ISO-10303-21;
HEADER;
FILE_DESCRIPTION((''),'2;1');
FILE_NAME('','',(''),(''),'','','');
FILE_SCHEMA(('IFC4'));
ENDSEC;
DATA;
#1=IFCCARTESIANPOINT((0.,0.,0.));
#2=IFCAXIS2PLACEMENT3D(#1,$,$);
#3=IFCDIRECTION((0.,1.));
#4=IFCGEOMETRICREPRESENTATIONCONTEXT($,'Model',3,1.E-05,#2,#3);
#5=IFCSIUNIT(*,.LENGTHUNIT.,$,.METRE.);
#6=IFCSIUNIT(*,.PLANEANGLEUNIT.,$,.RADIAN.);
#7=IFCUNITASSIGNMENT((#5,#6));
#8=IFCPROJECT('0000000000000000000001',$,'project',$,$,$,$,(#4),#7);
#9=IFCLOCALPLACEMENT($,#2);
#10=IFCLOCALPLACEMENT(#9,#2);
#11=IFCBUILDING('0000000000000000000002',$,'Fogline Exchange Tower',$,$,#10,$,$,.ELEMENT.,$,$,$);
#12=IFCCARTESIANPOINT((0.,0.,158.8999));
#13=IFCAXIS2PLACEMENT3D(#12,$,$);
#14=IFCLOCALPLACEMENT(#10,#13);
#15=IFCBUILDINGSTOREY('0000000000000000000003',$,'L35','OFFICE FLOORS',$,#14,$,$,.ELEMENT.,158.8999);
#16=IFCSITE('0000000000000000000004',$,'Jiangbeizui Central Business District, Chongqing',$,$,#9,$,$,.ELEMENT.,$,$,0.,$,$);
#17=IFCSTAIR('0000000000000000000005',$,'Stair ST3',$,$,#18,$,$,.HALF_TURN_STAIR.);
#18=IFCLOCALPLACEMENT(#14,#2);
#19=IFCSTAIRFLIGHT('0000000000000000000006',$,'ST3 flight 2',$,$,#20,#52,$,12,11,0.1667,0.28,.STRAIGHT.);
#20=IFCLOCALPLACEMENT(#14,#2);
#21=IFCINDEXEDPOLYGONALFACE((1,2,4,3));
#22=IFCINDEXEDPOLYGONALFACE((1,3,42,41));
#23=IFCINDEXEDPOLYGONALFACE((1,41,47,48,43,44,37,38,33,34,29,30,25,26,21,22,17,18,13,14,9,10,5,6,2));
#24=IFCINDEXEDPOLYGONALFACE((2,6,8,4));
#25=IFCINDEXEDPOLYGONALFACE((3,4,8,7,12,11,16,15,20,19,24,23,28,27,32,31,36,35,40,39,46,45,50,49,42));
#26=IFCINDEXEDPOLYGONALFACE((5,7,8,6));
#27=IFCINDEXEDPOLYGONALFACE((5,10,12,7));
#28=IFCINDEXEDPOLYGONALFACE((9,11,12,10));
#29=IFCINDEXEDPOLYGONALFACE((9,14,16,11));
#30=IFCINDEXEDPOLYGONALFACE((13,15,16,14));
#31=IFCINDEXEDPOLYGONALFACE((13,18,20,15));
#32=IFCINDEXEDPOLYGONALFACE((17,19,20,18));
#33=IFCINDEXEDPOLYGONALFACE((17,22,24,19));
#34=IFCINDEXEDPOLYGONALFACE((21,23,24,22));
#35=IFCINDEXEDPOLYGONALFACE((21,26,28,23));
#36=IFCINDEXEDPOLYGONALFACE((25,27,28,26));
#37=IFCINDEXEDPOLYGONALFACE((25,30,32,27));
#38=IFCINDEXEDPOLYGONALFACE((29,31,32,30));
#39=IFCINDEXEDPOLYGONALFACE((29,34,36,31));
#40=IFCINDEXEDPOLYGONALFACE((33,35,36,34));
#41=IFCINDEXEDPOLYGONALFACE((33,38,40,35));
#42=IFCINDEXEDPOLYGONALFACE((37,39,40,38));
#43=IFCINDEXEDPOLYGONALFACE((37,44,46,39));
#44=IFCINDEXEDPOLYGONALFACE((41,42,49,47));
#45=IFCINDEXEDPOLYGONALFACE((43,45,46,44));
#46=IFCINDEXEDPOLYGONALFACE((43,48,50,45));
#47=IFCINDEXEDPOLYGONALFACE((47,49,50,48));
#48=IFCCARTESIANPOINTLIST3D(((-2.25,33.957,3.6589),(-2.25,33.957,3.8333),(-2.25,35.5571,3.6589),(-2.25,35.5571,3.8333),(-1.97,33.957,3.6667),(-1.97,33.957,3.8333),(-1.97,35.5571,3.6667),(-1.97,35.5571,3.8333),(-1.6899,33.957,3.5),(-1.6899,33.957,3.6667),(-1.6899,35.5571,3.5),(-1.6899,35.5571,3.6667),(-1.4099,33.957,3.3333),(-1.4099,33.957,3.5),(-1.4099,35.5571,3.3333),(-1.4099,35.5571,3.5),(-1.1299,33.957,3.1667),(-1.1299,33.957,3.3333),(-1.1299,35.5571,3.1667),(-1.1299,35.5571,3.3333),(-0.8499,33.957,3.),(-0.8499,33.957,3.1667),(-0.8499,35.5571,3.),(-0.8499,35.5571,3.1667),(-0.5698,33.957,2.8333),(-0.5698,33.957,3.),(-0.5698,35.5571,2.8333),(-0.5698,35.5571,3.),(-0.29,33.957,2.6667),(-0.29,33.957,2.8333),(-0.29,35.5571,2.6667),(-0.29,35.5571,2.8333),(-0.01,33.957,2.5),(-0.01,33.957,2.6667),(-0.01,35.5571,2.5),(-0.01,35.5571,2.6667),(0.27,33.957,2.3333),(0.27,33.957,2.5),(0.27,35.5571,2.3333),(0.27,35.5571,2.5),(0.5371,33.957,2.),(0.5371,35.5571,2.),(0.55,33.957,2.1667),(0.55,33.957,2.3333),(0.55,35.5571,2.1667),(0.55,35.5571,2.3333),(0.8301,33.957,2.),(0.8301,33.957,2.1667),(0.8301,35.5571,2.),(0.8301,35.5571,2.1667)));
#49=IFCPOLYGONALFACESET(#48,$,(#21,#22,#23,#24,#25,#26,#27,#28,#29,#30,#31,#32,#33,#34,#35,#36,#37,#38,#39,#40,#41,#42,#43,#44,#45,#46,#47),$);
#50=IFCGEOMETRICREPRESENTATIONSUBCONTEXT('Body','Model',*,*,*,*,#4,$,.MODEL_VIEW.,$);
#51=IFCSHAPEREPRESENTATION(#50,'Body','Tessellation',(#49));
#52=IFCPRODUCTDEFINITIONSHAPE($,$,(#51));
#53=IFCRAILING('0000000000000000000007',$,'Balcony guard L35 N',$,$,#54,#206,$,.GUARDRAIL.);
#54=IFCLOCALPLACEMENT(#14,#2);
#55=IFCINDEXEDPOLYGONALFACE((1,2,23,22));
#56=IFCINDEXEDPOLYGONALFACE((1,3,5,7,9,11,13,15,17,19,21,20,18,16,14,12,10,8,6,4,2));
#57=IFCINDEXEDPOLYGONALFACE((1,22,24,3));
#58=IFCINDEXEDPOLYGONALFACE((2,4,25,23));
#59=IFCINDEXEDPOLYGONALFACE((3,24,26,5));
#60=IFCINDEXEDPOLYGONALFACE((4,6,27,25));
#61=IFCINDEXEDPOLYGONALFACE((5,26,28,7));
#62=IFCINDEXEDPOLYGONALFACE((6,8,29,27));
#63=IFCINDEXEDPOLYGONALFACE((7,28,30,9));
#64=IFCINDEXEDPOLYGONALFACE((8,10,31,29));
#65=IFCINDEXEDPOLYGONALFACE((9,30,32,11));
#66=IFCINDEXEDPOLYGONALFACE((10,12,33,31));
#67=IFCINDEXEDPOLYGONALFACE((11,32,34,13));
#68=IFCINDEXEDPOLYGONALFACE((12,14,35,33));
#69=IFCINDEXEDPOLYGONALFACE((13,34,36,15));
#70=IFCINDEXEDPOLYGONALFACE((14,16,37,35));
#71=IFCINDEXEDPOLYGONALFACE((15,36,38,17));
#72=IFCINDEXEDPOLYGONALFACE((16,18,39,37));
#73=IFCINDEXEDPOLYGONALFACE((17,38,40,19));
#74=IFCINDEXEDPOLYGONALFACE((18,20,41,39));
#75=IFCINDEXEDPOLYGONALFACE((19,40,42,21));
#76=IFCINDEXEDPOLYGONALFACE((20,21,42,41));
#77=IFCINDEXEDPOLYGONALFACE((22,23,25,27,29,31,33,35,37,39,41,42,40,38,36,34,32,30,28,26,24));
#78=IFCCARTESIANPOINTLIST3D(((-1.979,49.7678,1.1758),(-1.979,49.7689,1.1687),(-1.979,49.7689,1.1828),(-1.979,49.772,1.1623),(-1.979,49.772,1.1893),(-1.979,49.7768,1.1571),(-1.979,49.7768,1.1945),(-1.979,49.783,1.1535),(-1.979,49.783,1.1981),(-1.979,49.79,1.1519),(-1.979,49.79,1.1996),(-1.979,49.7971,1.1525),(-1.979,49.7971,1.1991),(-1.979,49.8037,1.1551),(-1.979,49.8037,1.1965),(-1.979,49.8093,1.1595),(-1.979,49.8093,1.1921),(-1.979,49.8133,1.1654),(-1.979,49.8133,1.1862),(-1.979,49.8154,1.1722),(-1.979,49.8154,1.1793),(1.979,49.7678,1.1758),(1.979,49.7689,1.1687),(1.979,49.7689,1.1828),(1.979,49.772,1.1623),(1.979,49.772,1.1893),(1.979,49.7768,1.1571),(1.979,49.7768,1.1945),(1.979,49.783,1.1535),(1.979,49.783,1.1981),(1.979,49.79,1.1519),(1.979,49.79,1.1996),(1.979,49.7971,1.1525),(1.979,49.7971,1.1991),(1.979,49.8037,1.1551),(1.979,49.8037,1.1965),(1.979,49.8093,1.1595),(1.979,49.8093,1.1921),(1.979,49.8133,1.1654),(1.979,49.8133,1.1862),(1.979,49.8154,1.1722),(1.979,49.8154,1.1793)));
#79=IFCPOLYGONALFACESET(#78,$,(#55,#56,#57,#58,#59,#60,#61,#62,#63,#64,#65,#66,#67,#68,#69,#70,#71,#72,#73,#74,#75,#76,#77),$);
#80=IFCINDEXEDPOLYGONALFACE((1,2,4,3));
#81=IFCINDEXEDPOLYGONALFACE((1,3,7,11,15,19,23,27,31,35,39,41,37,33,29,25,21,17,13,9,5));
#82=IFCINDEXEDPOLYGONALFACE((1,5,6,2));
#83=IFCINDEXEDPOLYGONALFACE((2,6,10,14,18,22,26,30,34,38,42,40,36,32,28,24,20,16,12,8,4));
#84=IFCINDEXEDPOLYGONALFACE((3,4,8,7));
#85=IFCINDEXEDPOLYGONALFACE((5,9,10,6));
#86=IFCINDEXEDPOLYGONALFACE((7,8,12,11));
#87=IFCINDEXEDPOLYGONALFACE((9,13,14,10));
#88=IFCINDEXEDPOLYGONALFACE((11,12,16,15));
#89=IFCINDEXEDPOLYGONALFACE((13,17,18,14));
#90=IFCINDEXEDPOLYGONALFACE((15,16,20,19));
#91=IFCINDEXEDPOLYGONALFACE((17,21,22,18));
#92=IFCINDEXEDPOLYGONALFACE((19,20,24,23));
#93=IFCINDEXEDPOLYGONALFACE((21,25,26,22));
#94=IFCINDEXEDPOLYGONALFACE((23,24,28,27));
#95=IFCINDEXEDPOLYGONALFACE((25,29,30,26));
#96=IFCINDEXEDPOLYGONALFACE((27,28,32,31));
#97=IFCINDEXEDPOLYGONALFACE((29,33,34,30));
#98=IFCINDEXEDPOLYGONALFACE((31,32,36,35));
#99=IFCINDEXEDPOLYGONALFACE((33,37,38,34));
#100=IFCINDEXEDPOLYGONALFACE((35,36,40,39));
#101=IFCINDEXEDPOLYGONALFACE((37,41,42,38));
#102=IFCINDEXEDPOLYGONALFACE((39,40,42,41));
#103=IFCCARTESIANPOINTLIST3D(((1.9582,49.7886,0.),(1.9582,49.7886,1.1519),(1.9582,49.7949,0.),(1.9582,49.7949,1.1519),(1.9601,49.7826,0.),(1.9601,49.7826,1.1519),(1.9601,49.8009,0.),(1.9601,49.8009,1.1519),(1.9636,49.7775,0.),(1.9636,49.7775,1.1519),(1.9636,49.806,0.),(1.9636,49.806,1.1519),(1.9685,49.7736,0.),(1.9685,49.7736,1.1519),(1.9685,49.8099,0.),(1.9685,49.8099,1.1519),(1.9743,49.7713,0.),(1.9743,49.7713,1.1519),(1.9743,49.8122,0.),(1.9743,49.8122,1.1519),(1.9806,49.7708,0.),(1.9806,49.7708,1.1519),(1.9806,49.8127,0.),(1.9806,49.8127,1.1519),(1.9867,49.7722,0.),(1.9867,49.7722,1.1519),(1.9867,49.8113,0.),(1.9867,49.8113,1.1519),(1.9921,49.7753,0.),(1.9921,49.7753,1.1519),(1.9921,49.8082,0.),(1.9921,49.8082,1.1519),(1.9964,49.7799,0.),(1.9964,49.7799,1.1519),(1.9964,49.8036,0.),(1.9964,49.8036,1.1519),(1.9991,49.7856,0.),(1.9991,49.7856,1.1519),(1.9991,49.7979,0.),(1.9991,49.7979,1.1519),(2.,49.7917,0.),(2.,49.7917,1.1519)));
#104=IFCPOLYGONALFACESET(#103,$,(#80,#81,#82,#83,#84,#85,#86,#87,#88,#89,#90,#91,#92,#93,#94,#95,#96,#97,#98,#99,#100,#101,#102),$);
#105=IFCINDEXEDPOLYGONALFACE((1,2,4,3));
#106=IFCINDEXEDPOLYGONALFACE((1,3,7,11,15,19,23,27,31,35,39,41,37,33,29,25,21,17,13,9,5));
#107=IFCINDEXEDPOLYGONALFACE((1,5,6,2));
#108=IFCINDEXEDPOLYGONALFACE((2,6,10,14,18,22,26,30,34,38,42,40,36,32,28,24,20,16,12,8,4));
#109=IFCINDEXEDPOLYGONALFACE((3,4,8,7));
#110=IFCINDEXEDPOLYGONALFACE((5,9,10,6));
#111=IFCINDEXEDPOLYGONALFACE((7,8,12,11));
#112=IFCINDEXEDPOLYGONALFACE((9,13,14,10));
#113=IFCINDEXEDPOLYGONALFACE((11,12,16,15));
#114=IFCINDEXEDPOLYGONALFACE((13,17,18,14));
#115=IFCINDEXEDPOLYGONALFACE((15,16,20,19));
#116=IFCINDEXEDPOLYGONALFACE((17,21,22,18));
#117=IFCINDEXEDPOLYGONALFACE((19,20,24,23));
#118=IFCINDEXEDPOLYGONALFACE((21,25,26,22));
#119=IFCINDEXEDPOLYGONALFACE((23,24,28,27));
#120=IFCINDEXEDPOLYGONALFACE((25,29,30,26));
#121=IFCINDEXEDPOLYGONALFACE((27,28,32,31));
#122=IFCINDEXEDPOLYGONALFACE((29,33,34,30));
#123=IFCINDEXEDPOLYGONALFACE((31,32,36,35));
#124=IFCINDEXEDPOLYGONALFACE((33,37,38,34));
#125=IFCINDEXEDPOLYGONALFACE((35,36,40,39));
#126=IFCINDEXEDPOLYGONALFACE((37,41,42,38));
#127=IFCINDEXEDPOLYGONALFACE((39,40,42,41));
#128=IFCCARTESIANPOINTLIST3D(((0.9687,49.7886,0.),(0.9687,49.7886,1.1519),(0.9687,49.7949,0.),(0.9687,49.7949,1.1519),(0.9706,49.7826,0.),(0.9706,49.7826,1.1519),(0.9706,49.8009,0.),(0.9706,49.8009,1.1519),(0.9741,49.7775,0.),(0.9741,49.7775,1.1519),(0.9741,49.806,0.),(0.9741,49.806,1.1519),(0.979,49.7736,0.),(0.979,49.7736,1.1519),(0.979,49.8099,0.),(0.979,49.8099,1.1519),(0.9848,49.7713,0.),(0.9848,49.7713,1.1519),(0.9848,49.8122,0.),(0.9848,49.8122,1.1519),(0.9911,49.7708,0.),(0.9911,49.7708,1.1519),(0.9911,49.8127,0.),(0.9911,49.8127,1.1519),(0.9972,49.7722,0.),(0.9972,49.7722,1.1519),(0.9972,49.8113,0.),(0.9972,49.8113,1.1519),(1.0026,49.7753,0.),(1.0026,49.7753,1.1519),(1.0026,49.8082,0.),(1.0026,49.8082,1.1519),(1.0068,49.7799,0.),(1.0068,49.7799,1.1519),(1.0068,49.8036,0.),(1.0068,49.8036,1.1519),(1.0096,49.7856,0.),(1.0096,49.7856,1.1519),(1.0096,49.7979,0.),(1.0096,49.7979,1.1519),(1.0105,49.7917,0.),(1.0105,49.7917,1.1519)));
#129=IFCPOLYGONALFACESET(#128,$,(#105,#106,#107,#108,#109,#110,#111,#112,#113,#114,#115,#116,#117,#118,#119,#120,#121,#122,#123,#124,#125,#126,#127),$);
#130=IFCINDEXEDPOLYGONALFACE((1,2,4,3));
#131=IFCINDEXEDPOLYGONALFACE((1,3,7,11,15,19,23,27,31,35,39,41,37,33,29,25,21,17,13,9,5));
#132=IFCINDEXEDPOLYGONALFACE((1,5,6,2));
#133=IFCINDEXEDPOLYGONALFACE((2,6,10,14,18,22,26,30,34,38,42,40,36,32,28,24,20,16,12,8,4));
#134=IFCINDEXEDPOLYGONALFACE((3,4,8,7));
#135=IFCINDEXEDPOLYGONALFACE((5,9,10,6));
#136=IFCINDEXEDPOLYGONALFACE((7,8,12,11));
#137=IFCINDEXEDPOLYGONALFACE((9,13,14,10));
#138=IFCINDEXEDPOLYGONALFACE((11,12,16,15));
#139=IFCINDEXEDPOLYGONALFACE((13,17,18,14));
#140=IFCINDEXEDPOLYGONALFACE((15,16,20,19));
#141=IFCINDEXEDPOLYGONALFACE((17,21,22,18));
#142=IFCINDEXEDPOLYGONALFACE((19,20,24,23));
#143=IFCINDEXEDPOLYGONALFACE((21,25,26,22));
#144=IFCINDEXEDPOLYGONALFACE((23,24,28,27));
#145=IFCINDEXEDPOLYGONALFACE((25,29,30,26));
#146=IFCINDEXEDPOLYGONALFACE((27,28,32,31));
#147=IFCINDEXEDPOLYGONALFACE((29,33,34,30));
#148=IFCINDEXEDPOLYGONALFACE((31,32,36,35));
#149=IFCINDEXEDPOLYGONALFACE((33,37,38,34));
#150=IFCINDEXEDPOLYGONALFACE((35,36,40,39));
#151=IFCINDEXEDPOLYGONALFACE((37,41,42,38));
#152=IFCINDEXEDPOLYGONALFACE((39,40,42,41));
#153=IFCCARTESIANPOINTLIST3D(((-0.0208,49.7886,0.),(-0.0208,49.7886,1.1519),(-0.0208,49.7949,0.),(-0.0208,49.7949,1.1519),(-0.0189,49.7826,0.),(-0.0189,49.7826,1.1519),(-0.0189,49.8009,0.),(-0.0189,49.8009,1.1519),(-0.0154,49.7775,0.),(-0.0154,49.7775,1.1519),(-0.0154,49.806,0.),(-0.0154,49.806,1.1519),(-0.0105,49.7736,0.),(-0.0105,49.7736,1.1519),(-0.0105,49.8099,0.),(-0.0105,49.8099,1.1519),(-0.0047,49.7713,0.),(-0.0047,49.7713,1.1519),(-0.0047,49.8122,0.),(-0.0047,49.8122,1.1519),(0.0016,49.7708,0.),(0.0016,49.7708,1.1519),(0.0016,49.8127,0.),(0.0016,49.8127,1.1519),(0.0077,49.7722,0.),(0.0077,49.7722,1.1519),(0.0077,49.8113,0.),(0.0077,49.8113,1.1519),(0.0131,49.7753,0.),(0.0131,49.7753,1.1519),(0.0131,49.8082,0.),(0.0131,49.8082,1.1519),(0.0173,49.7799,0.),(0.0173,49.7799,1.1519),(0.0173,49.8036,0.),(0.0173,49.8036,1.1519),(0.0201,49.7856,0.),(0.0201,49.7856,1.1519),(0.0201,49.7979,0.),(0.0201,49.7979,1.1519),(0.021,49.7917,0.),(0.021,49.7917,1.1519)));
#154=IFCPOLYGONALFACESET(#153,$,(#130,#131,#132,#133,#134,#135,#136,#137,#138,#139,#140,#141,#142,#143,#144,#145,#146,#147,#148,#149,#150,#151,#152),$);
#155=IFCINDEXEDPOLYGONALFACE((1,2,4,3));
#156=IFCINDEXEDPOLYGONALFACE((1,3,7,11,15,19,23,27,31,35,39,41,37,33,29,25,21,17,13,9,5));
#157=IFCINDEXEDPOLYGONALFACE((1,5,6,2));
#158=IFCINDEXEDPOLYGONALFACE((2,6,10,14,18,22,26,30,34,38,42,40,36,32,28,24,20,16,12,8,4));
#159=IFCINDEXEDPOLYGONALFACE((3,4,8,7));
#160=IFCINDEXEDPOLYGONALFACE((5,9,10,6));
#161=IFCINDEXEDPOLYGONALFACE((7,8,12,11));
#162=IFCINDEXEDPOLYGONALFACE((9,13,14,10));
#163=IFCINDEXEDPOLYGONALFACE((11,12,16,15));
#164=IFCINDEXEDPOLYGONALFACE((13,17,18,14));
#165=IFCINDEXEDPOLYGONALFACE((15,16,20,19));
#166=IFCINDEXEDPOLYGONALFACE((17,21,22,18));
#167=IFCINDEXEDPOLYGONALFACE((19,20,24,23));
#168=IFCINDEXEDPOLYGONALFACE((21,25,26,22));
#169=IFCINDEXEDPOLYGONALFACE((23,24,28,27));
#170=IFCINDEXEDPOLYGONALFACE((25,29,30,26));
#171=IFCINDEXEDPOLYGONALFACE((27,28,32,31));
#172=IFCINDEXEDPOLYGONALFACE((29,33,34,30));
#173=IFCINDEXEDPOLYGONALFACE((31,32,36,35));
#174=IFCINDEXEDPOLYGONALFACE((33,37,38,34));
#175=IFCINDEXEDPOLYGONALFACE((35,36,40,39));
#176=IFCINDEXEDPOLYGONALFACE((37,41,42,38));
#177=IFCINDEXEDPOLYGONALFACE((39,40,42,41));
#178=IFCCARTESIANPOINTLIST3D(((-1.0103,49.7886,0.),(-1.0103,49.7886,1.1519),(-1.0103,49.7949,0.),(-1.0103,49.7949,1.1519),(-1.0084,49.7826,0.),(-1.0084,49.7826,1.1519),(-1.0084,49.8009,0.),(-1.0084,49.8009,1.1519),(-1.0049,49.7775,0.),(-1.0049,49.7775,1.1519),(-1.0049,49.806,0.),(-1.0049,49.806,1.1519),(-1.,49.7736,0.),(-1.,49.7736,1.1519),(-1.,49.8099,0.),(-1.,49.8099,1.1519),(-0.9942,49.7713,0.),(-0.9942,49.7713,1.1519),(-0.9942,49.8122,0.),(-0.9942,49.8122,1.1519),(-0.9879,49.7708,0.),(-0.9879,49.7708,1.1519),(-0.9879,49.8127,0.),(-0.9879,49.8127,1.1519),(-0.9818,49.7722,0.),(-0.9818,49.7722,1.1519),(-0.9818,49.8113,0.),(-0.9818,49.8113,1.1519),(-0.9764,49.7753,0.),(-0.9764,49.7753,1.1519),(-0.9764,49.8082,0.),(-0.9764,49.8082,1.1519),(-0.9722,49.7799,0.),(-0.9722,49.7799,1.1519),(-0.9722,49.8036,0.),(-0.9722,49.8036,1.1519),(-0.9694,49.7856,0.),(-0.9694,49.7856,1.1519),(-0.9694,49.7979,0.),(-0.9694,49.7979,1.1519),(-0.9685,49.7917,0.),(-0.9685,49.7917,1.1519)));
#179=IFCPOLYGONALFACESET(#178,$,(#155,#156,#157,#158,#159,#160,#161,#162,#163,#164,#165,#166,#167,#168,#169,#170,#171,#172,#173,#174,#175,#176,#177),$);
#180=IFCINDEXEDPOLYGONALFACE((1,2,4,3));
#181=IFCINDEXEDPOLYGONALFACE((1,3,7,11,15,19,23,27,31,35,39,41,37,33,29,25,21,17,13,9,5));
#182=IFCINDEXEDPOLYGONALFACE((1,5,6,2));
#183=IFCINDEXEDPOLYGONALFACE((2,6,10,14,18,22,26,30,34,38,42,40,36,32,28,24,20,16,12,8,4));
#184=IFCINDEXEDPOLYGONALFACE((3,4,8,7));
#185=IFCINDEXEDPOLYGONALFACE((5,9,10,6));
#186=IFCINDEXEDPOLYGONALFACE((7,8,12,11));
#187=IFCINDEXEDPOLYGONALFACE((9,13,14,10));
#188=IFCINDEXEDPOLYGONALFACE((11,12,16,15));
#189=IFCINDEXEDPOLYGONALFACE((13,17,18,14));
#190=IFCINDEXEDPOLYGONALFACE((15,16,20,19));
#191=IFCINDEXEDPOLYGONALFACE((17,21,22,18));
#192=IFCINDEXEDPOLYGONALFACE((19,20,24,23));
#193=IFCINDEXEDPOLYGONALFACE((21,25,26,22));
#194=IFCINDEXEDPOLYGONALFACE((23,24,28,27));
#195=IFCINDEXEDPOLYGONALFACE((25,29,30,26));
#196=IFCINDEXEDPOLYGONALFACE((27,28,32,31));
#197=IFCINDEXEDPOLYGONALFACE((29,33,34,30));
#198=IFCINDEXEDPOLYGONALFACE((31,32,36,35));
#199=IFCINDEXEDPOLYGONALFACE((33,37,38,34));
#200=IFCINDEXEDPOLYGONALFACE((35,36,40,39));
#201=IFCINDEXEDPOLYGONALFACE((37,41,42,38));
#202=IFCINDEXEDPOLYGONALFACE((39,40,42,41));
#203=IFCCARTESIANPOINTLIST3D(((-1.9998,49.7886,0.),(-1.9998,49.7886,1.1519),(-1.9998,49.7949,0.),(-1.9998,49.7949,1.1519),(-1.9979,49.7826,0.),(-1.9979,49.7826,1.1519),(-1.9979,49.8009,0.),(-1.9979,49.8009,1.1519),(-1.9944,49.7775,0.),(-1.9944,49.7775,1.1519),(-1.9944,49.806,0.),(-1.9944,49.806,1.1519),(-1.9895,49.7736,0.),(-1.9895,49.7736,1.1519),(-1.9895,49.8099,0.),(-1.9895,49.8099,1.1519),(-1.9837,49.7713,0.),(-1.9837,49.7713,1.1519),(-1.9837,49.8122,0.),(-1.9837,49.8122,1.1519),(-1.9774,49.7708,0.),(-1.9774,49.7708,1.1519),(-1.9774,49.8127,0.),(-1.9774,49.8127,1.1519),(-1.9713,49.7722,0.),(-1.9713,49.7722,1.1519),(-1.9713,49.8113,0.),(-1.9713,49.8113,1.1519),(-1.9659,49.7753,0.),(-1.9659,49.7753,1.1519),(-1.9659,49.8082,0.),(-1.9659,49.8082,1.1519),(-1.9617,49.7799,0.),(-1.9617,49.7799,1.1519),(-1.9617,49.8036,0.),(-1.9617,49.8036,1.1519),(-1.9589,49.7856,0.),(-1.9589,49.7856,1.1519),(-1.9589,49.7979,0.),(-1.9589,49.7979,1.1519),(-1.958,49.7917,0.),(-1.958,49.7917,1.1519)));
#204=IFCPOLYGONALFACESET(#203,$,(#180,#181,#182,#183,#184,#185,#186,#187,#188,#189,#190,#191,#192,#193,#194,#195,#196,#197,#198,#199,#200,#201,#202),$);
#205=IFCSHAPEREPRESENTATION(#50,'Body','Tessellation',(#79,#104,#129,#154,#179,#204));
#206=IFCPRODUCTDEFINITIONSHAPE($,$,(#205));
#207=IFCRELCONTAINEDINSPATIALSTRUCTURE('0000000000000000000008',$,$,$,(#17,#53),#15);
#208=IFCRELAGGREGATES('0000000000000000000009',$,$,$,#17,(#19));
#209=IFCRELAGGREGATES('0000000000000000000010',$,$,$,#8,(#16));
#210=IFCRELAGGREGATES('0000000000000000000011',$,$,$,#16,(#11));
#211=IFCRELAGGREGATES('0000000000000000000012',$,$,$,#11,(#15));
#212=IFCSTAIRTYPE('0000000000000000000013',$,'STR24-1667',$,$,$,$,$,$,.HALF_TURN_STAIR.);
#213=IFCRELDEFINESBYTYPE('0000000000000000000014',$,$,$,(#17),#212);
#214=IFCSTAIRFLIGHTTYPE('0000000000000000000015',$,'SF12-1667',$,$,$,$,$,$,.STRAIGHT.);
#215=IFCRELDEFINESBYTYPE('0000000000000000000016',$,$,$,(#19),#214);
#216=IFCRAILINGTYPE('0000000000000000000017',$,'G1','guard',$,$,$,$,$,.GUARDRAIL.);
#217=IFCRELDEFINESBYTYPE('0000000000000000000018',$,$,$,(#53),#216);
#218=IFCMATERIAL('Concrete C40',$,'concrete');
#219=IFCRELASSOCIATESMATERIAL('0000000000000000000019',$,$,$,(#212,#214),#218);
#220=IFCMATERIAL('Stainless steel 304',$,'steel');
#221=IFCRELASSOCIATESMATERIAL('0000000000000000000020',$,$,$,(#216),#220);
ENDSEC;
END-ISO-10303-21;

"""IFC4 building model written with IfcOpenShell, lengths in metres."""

from ifc_helpers import new_model, si_unit, direction, frame, origin, origin_2d, place, context, subcontext, project, spatial, polyline, circle, outline, extrude, material, type_object, element, aggregate, save


model = new_model("IFC4")

# Units and contexts
model_context = context("Model", 3, precision=1e-05, world=origin(), true_north=direction((0.0, 1.0)))
body_context = subcontext(model_context, "Body", "Model", "MODEL_VIEW")
ifc_project = project(units=[si_unit("LENGTHUNIT", "METRE"), si_unit("PLANEANGLEUNIT", "RADIAN")], contexts=[model_context])

# Site, building, storey
site_placement = place(None, origin())
site = spatial("IfcSite", under=ifc_project, at=site_placement, Name="Jiangbeizui Central Business District, Chongqing", CompositionType="ELEMENT", RefElevation=0.0)
building_placement = place(site_placement, origin())
building = spatial("IfcBuilding", under=site, at=building_placement, Name="Fogline Exchange Tower", CompositionType="ELEMENT")
storey_placement = place(building_placement, frame((0.0, 0.0, 158.8999)))
storey = spatial("IfcBuildingStorey", under=building, at=storey_placement, Name="L35", Description="OFFICE FLOORS", CompositionType="ELEMENT", Elevation=158.8999)

# Shared definitions
ifc_material_1 = material(Name="Concrete C40", Category="concrete")

# Stair, stair flight
stair_type = type_object("IfcStairType", Name="STR24-1667", PredefinedType="HALF_TURN_STAIR", material=ifc_material_1)
stair_placement = place(storey_placement, origin())
stair = element("IfcStair", 1, at=stair_placement, inside=storey, type_object=stair_type, Name="Stair ST3", PredefinedType="HALF_TURN_STAIR")
stair_flight_type = type_object("IfcStairFlightType", Name="SF12-1667", PredefinedType="STRAIGHT", material=ifc_material_1)
stair_flight_placement = place(storey_placement, frame((0.8301, 34.7571, 2.0), z_axis=(0.0, 0.0, 1.0), x_axis=(-1.0, 0.0, 0.0)))
stair_flight = element("IfcStairFlight", 2, at=stair_flight_placement, type_object=stair_flight_type, Name="ST3 flight 2", NumberOfRisers=12, NumberOfTreads=11, PredefinedType="STRAIGHT", RiserHeight=0.1667, TreadLength=0.28, context=body_context, shape_type="SweptSolid", body=[
    extrude(outline(polyline([(0.0, 0.0), (0.0, 0.1667), (0.28, 0.1667), (0.28, 0.3333), (0.5601, 0.3333), (0.5601, 0.5), (0.8401, 0.5), (0.8401, 0.6667), (1.1201, 0.6667), (1.1201, 0.8333), (1.3999, 0.8333), (1.3999, 1.0), (1.6799, 1.0), (1.6799, 1.1667), (1.96, 1.1667), (1.96, 1.3333), (2.24, 1.3333), (2.24, 1.5), (2.52, 1.5), (2.52, 1.6667), (2.8, 1.6667), (2.8, 1.8333), (3.0801, 1.8333), (3.0801, 2.0), (3.0801, 1.6589), (0.293, 0.0), (0.0, 0.0)])), frame((0.0, 0.8, 0.0), z_axis=(0.0, -1.0, 0.0), x_axis=(1.0, 0.0, 0.0)), (0.0, 0.0, 1.0), 1.6001),
])
aggregate(stair, [stair_flight])

# Railing
ifc_material_2 = material(Name="Stainless steel 304", Category="steel")
railing_type = type_object("IfcRailingType", Name="G1", Description="guard", PredefinedType="GUARDRAIL", material=ifc_material_2)
railing_placement = place(storey_placement, frame((1.979, 49.7917, 0.0)))
element("IfcRailing", 3, at=railing_placement, inside=storey, type_object=railing_type, Name="Balcony guard L35 N", PredefinedType="GUARDRAIL", context=body_context, shape_type="SweptSolid", body=[
    extrude(circle(Radius=0.0239, at=origin_2d()), frame((0.0, 0.0, 1.1758), z_axis=(-1.0, 0.0, 0.0), x_axis=(0.0, -1.0, 0.0)), (0.0, 0.0, 1.0), 3.958),
    extrude(circle(Radius=0.021, at=origin_2d()), origin(), (0.0, 0.0, 1.0), 1.1519),
    extrude(circle(Radius=0.021, at=origin_2d()), frame((-0.9895, 0.0, 0.0)), (0.0, 0.0, 1.0), 1.1519),
    extrude(circle(Radius=0.021, at=origin_2d()), frame((-1.979, 0.0, 0.0)), (0.0, 0.0, 1.0), 1.1519),
    extrude(circle(Radius=0.021, at=origin_2d()), frame((-2.9685, 0.0, 0.0)), (0.0, 0.0, 1.0), 1.1519),
    extrude(circle(Radius=0.021, at=origin_2d()), frame((-3.958, 0.0, 0.0)), (0.0, 0.0, 1.0), 1.1519),
])

save(model, "model.ifc")
